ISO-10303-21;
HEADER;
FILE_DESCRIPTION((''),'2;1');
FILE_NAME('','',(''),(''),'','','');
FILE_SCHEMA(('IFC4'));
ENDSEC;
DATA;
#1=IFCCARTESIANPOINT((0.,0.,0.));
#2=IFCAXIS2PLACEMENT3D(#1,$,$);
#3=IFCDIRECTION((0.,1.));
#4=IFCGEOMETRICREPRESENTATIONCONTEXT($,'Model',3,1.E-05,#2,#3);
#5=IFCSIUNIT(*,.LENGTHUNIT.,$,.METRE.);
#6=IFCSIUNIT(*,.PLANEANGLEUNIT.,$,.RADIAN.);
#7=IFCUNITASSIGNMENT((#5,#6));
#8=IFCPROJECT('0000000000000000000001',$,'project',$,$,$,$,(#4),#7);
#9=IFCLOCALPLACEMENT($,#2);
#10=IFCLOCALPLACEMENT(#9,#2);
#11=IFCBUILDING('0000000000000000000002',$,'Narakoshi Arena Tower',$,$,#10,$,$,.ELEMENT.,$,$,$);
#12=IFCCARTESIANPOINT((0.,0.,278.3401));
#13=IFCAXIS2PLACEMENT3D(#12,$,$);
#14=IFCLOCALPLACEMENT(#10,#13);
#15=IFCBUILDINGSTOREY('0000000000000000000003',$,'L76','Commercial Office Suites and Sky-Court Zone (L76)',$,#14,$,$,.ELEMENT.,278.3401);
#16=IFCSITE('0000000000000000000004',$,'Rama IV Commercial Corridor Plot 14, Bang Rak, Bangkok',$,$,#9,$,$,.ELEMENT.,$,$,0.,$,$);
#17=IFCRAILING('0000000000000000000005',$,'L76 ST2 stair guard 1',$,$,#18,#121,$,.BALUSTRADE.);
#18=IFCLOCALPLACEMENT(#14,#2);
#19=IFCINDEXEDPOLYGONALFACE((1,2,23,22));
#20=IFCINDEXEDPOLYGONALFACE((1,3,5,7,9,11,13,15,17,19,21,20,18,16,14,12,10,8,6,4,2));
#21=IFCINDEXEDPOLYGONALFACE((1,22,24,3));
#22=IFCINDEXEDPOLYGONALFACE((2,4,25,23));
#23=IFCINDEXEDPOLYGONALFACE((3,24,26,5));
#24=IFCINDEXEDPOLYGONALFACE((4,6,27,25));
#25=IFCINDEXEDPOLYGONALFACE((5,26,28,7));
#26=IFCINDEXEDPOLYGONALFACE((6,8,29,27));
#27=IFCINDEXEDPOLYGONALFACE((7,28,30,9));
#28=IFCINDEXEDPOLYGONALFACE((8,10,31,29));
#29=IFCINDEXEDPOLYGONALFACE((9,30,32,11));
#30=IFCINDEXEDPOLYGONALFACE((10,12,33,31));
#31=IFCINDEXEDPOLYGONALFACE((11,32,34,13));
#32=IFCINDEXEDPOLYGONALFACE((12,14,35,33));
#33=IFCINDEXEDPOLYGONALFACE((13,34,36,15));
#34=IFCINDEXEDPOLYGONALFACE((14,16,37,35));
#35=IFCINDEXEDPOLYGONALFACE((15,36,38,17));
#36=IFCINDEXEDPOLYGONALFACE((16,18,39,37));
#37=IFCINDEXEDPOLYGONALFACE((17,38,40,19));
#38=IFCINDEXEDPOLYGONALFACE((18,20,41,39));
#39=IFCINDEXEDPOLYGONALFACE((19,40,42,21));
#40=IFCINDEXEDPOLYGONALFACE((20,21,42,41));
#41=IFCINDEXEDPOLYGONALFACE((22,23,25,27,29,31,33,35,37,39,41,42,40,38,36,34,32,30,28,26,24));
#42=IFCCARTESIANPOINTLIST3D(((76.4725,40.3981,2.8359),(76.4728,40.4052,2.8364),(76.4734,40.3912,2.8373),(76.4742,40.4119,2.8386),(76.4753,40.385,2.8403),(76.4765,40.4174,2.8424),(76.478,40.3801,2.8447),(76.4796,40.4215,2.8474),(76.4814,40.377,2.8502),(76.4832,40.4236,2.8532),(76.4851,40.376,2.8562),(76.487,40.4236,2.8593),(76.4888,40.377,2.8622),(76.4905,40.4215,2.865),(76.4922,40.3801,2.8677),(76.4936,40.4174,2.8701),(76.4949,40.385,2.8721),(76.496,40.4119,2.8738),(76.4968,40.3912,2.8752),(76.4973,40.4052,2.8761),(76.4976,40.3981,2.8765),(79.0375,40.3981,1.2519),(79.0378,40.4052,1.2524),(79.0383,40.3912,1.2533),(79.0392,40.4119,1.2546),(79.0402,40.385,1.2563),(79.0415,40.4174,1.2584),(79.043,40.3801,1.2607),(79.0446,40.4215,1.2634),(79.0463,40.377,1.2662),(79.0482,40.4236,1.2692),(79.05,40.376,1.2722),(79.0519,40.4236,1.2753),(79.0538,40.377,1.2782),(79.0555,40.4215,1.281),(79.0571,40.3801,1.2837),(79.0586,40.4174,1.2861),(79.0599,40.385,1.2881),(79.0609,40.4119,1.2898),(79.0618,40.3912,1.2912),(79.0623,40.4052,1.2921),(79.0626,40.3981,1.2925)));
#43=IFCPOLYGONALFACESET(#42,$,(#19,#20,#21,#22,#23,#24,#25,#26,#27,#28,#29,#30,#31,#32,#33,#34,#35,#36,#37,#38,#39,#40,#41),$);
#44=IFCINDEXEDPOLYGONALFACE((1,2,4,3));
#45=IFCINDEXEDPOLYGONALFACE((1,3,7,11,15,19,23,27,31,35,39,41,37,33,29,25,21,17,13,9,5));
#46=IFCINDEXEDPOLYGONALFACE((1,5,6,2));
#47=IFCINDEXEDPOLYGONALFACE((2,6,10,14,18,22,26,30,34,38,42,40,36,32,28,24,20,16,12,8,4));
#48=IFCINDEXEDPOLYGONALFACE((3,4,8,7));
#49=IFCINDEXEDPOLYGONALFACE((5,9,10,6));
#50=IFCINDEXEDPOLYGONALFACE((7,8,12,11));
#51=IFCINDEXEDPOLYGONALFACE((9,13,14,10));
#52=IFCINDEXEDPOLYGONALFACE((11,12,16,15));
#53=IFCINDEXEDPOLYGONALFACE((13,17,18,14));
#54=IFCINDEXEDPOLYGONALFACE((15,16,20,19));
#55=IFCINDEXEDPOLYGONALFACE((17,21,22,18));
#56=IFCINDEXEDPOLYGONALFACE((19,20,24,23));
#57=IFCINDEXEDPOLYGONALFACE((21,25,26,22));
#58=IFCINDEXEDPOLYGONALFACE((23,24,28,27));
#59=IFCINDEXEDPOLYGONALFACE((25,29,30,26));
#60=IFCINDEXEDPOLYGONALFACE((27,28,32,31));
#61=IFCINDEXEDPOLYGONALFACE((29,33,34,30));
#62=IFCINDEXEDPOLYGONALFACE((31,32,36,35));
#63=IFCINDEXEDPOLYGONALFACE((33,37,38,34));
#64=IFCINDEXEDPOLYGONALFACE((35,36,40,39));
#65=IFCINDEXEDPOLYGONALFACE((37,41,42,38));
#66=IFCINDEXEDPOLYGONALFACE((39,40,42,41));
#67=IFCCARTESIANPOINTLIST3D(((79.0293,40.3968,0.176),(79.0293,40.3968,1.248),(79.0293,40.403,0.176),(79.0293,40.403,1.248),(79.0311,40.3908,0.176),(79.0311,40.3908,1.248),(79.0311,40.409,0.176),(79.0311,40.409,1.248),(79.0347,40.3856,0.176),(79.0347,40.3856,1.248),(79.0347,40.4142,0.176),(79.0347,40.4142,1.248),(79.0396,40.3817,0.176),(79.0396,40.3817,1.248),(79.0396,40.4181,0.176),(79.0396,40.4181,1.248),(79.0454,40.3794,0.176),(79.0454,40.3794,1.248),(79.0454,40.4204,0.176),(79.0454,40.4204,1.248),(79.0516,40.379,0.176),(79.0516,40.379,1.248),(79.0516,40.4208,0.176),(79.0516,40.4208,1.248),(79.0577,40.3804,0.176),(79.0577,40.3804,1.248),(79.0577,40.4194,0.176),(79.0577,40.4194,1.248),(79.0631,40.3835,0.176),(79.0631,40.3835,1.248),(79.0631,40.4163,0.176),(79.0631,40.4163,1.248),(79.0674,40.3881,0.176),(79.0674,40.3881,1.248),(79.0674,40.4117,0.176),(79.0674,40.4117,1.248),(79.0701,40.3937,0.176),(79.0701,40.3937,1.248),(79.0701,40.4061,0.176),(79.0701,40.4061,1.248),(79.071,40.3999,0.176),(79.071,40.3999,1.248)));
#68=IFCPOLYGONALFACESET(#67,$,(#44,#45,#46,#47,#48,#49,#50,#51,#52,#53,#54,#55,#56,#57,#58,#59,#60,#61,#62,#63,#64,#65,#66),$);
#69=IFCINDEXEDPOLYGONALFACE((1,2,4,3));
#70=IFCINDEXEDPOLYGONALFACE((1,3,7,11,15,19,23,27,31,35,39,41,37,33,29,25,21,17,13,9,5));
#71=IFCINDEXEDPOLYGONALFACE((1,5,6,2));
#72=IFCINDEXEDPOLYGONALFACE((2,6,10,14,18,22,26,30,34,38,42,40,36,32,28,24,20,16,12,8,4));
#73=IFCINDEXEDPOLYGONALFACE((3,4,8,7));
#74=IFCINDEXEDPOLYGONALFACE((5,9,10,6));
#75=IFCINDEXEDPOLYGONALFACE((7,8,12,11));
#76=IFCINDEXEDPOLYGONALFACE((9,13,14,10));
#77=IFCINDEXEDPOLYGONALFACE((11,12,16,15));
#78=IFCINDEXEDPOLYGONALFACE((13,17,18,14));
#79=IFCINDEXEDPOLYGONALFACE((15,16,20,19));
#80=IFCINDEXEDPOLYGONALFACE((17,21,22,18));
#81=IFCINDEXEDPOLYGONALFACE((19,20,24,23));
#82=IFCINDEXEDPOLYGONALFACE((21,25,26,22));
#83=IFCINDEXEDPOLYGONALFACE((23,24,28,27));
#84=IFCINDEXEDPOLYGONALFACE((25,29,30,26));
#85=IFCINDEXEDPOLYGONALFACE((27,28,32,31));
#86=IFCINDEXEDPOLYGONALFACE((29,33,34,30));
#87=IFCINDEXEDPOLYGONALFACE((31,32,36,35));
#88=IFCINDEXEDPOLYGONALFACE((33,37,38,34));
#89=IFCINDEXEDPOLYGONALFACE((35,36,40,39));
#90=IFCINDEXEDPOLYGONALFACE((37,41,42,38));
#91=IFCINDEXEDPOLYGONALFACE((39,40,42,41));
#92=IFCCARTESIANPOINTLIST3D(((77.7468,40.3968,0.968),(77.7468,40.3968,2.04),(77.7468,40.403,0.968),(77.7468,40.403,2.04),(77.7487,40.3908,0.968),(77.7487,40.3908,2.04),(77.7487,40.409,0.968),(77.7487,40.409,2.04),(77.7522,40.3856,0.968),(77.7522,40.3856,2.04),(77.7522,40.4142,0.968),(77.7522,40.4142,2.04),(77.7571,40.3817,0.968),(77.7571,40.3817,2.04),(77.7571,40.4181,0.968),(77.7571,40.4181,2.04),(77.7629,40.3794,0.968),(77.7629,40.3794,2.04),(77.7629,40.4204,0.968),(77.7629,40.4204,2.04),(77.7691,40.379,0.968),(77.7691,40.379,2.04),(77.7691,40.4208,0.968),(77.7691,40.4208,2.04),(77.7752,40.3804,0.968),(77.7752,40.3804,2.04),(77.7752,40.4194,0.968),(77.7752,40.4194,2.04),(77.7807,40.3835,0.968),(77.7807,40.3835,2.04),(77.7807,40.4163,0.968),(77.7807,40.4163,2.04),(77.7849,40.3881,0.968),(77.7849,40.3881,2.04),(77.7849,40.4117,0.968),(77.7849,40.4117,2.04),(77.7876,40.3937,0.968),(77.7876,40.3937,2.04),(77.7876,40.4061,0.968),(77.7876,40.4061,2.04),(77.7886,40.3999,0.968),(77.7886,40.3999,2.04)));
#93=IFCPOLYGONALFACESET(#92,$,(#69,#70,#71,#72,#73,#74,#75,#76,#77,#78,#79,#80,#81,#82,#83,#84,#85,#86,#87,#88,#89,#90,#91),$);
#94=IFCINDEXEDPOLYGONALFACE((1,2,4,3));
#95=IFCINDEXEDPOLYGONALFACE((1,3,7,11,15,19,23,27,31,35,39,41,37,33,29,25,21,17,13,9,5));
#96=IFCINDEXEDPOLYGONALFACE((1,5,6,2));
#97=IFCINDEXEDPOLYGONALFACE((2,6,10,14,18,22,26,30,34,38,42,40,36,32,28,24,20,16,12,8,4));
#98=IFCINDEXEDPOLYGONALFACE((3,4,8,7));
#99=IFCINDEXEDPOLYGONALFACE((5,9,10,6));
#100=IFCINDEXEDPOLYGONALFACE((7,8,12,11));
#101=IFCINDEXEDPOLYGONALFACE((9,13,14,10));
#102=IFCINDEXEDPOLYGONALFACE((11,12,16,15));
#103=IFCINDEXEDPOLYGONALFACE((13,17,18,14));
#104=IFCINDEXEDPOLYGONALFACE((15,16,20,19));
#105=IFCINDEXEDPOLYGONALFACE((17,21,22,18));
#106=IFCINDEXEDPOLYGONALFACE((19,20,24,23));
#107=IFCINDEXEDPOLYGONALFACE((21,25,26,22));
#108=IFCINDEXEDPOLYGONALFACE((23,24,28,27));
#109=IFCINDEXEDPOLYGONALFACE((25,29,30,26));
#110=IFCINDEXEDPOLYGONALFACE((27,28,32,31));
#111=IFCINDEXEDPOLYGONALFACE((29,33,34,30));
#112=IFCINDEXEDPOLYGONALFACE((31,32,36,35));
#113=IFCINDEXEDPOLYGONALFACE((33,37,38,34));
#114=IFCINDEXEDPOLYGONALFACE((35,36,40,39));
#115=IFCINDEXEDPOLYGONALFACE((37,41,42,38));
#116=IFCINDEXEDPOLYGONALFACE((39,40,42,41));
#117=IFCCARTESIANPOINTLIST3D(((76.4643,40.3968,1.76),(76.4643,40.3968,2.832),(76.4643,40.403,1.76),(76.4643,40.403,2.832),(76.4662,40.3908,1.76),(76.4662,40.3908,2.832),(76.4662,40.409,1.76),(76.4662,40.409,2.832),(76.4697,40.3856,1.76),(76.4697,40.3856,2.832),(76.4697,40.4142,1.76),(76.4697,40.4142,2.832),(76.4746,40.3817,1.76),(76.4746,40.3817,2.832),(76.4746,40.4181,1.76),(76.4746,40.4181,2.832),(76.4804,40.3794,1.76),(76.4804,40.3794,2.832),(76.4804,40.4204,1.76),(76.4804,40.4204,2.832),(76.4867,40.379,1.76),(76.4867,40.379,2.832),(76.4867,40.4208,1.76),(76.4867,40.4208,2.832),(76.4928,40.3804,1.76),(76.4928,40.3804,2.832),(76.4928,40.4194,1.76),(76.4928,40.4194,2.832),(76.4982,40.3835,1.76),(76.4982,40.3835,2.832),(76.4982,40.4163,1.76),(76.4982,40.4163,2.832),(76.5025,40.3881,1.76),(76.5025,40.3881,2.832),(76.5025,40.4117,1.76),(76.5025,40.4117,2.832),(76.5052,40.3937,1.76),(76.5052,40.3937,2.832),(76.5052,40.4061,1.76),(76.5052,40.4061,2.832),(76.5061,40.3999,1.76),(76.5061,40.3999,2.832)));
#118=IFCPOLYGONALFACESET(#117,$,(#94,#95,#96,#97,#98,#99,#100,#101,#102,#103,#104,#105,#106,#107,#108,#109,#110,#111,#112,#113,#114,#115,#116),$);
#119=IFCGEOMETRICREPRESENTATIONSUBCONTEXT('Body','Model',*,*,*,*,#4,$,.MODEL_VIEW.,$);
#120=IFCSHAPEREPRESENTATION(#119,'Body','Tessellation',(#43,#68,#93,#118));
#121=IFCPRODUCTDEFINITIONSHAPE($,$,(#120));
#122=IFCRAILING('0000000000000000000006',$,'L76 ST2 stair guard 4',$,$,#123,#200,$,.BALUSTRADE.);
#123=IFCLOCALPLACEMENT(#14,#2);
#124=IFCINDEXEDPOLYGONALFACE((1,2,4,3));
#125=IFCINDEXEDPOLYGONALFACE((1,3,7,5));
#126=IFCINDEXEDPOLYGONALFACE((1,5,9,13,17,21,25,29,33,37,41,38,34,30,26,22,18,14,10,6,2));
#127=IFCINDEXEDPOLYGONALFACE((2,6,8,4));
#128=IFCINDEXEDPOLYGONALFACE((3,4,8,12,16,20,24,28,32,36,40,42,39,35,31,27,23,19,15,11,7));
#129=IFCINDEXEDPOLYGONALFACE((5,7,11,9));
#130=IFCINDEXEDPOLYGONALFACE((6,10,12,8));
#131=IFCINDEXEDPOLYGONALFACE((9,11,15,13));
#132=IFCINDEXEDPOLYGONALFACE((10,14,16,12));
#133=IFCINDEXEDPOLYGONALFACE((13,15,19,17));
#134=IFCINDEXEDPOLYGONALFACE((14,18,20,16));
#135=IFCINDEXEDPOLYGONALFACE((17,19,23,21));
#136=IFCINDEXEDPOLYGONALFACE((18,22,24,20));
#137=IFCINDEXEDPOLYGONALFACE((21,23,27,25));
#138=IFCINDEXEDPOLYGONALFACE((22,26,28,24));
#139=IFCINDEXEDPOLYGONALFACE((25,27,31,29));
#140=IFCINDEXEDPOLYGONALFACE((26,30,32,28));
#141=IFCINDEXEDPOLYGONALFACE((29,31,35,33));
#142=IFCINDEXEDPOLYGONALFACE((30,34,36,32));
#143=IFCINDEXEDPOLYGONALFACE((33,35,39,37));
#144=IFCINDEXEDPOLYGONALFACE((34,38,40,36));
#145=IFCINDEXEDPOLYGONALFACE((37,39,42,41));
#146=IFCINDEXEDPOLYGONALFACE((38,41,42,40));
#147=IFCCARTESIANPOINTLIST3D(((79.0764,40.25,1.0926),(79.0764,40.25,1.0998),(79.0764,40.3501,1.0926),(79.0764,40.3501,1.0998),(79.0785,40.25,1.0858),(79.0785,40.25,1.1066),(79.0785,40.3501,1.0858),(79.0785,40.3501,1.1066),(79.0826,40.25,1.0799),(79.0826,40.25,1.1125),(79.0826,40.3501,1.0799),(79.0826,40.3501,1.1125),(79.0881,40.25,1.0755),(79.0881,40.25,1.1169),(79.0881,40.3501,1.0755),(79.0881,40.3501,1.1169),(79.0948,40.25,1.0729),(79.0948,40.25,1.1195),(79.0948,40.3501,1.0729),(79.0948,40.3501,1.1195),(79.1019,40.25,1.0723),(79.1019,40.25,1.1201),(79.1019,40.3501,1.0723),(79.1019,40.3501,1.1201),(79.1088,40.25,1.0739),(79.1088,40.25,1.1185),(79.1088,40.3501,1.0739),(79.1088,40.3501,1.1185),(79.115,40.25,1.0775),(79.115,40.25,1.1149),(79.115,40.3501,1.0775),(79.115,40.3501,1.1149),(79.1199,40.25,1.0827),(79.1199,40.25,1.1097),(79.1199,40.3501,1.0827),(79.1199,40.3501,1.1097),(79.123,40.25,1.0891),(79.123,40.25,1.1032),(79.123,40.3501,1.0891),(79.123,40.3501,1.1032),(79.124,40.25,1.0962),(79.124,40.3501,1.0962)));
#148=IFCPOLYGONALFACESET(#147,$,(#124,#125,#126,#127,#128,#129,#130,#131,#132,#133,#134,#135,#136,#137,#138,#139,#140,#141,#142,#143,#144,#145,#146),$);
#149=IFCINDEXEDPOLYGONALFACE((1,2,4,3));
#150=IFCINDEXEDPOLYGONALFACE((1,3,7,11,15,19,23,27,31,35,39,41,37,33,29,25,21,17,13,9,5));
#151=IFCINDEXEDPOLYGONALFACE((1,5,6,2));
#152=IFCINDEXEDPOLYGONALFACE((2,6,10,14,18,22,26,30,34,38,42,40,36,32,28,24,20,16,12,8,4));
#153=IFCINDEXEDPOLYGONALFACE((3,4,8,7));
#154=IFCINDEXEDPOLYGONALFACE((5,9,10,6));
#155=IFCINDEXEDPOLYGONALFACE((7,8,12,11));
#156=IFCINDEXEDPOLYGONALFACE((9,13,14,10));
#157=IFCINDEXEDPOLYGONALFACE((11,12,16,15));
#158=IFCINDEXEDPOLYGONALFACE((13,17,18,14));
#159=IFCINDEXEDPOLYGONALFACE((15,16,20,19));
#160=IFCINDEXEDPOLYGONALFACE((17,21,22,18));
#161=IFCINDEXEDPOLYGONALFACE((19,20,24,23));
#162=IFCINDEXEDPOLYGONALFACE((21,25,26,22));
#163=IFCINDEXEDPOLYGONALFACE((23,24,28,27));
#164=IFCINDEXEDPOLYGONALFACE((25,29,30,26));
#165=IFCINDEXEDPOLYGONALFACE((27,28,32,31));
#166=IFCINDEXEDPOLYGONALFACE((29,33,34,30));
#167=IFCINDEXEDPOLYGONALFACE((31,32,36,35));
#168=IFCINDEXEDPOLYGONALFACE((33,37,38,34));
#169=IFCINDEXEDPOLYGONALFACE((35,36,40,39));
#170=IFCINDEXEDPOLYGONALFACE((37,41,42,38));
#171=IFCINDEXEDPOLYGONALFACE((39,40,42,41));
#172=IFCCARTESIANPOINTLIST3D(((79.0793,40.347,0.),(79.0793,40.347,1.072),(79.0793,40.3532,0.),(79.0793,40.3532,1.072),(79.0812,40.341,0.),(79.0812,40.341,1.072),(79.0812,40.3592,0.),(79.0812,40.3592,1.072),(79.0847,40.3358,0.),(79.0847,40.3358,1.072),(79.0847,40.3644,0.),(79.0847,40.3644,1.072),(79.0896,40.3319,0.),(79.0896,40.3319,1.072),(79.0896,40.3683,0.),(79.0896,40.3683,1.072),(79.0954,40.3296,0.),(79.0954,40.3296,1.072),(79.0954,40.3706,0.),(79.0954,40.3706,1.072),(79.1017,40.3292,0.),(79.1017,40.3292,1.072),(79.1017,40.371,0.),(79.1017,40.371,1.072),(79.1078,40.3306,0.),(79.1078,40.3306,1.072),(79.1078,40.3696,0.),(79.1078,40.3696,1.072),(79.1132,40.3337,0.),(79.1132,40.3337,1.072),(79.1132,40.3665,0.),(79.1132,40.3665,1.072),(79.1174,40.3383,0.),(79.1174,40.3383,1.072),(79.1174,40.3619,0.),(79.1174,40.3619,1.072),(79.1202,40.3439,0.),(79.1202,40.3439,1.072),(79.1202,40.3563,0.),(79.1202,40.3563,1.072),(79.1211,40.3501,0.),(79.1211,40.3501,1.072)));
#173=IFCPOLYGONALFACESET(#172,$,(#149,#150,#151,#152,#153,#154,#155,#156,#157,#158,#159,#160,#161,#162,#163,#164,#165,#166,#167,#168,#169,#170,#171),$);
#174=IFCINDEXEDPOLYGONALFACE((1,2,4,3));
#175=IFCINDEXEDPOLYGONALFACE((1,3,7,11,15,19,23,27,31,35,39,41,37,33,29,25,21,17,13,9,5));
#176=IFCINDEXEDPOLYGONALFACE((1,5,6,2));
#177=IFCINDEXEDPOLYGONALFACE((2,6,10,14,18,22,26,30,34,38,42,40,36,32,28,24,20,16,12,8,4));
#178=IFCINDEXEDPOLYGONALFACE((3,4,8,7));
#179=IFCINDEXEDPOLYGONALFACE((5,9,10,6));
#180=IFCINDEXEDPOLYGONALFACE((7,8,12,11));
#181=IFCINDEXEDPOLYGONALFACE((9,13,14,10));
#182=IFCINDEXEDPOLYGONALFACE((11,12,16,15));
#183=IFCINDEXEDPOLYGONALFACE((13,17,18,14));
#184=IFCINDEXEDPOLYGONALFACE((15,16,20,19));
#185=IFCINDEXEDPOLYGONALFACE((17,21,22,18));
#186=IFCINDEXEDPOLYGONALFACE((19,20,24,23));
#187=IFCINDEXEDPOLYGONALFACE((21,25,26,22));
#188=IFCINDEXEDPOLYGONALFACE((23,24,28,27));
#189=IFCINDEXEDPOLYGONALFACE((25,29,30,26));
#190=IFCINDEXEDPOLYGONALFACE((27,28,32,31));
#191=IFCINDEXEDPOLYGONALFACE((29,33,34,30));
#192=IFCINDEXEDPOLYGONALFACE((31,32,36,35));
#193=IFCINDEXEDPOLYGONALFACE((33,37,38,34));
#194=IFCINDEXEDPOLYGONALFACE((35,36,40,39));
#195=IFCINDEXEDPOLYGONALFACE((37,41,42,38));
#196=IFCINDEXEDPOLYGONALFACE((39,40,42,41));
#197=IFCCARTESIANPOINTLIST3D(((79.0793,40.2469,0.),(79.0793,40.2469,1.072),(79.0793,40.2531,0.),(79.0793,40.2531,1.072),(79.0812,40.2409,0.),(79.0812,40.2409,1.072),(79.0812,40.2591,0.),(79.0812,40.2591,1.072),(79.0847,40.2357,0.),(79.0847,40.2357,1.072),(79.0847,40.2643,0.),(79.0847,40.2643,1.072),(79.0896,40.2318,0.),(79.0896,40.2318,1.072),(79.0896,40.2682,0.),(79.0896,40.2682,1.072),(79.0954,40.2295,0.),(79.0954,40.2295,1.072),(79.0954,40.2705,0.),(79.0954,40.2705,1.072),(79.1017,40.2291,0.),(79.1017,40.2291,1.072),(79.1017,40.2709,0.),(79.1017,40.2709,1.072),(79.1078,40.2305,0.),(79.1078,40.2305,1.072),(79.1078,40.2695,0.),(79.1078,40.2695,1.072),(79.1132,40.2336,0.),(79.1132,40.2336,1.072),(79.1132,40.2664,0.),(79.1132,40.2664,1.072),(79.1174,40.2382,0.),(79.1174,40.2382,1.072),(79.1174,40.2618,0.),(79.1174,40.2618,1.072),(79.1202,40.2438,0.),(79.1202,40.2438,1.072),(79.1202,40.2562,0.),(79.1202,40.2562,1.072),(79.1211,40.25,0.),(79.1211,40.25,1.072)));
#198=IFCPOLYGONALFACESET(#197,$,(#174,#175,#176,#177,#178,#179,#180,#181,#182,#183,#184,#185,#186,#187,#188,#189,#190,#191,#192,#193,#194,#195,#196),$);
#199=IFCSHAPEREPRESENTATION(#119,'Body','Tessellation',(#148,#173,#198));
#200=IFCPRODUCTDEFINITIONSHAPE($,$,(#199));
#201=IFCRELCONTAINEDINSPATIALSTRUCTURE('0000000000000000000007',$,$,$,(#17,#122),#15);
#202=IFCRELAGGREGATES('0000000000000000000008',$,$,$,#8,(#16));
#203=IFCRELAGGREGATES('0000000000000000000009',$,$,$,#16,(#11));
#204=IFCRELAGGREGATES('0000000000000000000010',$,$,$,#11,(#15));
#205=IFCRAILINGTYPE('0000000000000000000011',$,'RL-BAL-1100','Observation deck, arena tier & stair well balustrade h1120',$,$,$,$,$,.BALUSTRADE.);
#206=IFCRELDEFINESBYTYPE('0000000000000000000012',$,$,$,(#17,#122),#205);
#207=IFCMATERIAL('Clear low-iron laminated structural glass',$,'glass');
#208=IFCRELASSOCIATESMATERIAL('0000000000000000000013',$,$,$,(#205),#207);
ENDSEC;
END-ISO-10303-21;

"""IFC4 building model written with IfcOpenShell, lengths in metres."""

from ifc_helpers import new_model, si_unit, direction, frame, origin, origin_2d, place, context, subcontext, project, spatial, circle, extrude, material, type_object, element, save


model = new_model("IFC4")

# Units and contexts
model_context = context("Model", 3, precision=1e-05, world=origin(), true_north=direction((0.0, 1.0)))
body_context = subcontext(model_context, "Body", "Model", "MODEL_VIEW")
ifc_project = project(units=[si_unit("LENGTHUNIT", "METRE"), si_unit("PLANEANGLEUNIT", "RADIAN")], contexts=[model_context])

# Site, building, storey
site_placement = place(None, origin())
site = spatial("IfcSite", under=ifc_project, at=site_placement, Name="Rama IV Commercial Corridor Plot 14, Bang Rak, Bangkok", CompositionType="ELEMENT", RefElevation=0.0)
building_placement = place(site_placement, origin())
building = spatial("IfcBuilding", under=site, at=building_placement, Name="Narakoshi Arena Tower", CompositionType="ELEMENT")
storey_placement = place(building_placement, frame((0.0, 0.0, 278.3401)))
storey = spatial("IfcBuildingStorey", under=building, at=storey_placement, Name="L76", Description="Commercial Office Suites and Sky-Court Zone (L76)", CompositionType="ELEMENT", Elevation=278.3401)

# Railings
ifc_material_1 = material(Name="Clear low-iron laminated structural glass", Category="glass")
railing_type_1 = type_object("IfcRailingType", Name="RL-BAL-1100", Description="Observation deck, arena tier & stair well balustrade h1120", PredefinedType="BALUSTRADE", material=ifc_material_1)
railing_1_placement = place(storey_placement, frame((79.05, 40.3999, 0.176)))
element("IfcRailing", 1, at=railing_1_placement, inside=storey, type_object=railing_type_1, Name="L76 ST2 stair guard 1", PredefinedType="BALUSTRADE", context=body_context, shape_type="SweptSolid", body=[
    extrude(circle(Radius=0.0239, at=origin_2d()), frame((0.0, 0.0, 1.0962), z_axis=(-0.850834, 0.0, 0.525434), x_axis=(0.0, -1.0, 0.0)), (0.0, 0.0, 1.0), 3.0146),
    extrude(circle(Radius=0.021, at=origin_2d()), origin(), (0.0, 0.0, 1.0), 1.072),
    extrude(circle(Radius=0.021, at=origin_2d()), frame((-1.2825, 0.0, 0.792)), (0.0, 0.0, 1.0), 1.072),
    extrude(circle(Radius=0.021, at=origin_2d()), frame((-2.5649, 0.0, 1.584)), (0.0, 0.0, 1.0), 1.072),
])
railing_2_placement = place(storey_placement, frame((79.1001, 40.3501, 0.0)))
element("IfcRailing", 2, at=railing_2_placement, inside=storey, type_object=railing_type_1, Name="L76 ST2 stair guard 4", PredefinedType="BALUSTRADE", context=body_context, shape_type="SweptSolid", body=[
    extrude(circle(Radius=0.0239, at=origin_2d()), frame((0.0, 0.0, 1.0962), z_axis=(0.0, -1.0, 0.0), x_axis=(1.0, 0.0, 0.0)), (0.0, 0.0, 1.0), 0.1001),
    extrude(circle(Radius=0.021, at=origin_2d()), origin(), (0.0, 0.0, 1.0), 1.072),
    extrude(circle(Radius=0.021, at=origin_2d()), frame((0.0, -0.1001, 0.0)), (0.0, 0.0, 1.0), 1.072),
])

save(model, "model.ifc")
